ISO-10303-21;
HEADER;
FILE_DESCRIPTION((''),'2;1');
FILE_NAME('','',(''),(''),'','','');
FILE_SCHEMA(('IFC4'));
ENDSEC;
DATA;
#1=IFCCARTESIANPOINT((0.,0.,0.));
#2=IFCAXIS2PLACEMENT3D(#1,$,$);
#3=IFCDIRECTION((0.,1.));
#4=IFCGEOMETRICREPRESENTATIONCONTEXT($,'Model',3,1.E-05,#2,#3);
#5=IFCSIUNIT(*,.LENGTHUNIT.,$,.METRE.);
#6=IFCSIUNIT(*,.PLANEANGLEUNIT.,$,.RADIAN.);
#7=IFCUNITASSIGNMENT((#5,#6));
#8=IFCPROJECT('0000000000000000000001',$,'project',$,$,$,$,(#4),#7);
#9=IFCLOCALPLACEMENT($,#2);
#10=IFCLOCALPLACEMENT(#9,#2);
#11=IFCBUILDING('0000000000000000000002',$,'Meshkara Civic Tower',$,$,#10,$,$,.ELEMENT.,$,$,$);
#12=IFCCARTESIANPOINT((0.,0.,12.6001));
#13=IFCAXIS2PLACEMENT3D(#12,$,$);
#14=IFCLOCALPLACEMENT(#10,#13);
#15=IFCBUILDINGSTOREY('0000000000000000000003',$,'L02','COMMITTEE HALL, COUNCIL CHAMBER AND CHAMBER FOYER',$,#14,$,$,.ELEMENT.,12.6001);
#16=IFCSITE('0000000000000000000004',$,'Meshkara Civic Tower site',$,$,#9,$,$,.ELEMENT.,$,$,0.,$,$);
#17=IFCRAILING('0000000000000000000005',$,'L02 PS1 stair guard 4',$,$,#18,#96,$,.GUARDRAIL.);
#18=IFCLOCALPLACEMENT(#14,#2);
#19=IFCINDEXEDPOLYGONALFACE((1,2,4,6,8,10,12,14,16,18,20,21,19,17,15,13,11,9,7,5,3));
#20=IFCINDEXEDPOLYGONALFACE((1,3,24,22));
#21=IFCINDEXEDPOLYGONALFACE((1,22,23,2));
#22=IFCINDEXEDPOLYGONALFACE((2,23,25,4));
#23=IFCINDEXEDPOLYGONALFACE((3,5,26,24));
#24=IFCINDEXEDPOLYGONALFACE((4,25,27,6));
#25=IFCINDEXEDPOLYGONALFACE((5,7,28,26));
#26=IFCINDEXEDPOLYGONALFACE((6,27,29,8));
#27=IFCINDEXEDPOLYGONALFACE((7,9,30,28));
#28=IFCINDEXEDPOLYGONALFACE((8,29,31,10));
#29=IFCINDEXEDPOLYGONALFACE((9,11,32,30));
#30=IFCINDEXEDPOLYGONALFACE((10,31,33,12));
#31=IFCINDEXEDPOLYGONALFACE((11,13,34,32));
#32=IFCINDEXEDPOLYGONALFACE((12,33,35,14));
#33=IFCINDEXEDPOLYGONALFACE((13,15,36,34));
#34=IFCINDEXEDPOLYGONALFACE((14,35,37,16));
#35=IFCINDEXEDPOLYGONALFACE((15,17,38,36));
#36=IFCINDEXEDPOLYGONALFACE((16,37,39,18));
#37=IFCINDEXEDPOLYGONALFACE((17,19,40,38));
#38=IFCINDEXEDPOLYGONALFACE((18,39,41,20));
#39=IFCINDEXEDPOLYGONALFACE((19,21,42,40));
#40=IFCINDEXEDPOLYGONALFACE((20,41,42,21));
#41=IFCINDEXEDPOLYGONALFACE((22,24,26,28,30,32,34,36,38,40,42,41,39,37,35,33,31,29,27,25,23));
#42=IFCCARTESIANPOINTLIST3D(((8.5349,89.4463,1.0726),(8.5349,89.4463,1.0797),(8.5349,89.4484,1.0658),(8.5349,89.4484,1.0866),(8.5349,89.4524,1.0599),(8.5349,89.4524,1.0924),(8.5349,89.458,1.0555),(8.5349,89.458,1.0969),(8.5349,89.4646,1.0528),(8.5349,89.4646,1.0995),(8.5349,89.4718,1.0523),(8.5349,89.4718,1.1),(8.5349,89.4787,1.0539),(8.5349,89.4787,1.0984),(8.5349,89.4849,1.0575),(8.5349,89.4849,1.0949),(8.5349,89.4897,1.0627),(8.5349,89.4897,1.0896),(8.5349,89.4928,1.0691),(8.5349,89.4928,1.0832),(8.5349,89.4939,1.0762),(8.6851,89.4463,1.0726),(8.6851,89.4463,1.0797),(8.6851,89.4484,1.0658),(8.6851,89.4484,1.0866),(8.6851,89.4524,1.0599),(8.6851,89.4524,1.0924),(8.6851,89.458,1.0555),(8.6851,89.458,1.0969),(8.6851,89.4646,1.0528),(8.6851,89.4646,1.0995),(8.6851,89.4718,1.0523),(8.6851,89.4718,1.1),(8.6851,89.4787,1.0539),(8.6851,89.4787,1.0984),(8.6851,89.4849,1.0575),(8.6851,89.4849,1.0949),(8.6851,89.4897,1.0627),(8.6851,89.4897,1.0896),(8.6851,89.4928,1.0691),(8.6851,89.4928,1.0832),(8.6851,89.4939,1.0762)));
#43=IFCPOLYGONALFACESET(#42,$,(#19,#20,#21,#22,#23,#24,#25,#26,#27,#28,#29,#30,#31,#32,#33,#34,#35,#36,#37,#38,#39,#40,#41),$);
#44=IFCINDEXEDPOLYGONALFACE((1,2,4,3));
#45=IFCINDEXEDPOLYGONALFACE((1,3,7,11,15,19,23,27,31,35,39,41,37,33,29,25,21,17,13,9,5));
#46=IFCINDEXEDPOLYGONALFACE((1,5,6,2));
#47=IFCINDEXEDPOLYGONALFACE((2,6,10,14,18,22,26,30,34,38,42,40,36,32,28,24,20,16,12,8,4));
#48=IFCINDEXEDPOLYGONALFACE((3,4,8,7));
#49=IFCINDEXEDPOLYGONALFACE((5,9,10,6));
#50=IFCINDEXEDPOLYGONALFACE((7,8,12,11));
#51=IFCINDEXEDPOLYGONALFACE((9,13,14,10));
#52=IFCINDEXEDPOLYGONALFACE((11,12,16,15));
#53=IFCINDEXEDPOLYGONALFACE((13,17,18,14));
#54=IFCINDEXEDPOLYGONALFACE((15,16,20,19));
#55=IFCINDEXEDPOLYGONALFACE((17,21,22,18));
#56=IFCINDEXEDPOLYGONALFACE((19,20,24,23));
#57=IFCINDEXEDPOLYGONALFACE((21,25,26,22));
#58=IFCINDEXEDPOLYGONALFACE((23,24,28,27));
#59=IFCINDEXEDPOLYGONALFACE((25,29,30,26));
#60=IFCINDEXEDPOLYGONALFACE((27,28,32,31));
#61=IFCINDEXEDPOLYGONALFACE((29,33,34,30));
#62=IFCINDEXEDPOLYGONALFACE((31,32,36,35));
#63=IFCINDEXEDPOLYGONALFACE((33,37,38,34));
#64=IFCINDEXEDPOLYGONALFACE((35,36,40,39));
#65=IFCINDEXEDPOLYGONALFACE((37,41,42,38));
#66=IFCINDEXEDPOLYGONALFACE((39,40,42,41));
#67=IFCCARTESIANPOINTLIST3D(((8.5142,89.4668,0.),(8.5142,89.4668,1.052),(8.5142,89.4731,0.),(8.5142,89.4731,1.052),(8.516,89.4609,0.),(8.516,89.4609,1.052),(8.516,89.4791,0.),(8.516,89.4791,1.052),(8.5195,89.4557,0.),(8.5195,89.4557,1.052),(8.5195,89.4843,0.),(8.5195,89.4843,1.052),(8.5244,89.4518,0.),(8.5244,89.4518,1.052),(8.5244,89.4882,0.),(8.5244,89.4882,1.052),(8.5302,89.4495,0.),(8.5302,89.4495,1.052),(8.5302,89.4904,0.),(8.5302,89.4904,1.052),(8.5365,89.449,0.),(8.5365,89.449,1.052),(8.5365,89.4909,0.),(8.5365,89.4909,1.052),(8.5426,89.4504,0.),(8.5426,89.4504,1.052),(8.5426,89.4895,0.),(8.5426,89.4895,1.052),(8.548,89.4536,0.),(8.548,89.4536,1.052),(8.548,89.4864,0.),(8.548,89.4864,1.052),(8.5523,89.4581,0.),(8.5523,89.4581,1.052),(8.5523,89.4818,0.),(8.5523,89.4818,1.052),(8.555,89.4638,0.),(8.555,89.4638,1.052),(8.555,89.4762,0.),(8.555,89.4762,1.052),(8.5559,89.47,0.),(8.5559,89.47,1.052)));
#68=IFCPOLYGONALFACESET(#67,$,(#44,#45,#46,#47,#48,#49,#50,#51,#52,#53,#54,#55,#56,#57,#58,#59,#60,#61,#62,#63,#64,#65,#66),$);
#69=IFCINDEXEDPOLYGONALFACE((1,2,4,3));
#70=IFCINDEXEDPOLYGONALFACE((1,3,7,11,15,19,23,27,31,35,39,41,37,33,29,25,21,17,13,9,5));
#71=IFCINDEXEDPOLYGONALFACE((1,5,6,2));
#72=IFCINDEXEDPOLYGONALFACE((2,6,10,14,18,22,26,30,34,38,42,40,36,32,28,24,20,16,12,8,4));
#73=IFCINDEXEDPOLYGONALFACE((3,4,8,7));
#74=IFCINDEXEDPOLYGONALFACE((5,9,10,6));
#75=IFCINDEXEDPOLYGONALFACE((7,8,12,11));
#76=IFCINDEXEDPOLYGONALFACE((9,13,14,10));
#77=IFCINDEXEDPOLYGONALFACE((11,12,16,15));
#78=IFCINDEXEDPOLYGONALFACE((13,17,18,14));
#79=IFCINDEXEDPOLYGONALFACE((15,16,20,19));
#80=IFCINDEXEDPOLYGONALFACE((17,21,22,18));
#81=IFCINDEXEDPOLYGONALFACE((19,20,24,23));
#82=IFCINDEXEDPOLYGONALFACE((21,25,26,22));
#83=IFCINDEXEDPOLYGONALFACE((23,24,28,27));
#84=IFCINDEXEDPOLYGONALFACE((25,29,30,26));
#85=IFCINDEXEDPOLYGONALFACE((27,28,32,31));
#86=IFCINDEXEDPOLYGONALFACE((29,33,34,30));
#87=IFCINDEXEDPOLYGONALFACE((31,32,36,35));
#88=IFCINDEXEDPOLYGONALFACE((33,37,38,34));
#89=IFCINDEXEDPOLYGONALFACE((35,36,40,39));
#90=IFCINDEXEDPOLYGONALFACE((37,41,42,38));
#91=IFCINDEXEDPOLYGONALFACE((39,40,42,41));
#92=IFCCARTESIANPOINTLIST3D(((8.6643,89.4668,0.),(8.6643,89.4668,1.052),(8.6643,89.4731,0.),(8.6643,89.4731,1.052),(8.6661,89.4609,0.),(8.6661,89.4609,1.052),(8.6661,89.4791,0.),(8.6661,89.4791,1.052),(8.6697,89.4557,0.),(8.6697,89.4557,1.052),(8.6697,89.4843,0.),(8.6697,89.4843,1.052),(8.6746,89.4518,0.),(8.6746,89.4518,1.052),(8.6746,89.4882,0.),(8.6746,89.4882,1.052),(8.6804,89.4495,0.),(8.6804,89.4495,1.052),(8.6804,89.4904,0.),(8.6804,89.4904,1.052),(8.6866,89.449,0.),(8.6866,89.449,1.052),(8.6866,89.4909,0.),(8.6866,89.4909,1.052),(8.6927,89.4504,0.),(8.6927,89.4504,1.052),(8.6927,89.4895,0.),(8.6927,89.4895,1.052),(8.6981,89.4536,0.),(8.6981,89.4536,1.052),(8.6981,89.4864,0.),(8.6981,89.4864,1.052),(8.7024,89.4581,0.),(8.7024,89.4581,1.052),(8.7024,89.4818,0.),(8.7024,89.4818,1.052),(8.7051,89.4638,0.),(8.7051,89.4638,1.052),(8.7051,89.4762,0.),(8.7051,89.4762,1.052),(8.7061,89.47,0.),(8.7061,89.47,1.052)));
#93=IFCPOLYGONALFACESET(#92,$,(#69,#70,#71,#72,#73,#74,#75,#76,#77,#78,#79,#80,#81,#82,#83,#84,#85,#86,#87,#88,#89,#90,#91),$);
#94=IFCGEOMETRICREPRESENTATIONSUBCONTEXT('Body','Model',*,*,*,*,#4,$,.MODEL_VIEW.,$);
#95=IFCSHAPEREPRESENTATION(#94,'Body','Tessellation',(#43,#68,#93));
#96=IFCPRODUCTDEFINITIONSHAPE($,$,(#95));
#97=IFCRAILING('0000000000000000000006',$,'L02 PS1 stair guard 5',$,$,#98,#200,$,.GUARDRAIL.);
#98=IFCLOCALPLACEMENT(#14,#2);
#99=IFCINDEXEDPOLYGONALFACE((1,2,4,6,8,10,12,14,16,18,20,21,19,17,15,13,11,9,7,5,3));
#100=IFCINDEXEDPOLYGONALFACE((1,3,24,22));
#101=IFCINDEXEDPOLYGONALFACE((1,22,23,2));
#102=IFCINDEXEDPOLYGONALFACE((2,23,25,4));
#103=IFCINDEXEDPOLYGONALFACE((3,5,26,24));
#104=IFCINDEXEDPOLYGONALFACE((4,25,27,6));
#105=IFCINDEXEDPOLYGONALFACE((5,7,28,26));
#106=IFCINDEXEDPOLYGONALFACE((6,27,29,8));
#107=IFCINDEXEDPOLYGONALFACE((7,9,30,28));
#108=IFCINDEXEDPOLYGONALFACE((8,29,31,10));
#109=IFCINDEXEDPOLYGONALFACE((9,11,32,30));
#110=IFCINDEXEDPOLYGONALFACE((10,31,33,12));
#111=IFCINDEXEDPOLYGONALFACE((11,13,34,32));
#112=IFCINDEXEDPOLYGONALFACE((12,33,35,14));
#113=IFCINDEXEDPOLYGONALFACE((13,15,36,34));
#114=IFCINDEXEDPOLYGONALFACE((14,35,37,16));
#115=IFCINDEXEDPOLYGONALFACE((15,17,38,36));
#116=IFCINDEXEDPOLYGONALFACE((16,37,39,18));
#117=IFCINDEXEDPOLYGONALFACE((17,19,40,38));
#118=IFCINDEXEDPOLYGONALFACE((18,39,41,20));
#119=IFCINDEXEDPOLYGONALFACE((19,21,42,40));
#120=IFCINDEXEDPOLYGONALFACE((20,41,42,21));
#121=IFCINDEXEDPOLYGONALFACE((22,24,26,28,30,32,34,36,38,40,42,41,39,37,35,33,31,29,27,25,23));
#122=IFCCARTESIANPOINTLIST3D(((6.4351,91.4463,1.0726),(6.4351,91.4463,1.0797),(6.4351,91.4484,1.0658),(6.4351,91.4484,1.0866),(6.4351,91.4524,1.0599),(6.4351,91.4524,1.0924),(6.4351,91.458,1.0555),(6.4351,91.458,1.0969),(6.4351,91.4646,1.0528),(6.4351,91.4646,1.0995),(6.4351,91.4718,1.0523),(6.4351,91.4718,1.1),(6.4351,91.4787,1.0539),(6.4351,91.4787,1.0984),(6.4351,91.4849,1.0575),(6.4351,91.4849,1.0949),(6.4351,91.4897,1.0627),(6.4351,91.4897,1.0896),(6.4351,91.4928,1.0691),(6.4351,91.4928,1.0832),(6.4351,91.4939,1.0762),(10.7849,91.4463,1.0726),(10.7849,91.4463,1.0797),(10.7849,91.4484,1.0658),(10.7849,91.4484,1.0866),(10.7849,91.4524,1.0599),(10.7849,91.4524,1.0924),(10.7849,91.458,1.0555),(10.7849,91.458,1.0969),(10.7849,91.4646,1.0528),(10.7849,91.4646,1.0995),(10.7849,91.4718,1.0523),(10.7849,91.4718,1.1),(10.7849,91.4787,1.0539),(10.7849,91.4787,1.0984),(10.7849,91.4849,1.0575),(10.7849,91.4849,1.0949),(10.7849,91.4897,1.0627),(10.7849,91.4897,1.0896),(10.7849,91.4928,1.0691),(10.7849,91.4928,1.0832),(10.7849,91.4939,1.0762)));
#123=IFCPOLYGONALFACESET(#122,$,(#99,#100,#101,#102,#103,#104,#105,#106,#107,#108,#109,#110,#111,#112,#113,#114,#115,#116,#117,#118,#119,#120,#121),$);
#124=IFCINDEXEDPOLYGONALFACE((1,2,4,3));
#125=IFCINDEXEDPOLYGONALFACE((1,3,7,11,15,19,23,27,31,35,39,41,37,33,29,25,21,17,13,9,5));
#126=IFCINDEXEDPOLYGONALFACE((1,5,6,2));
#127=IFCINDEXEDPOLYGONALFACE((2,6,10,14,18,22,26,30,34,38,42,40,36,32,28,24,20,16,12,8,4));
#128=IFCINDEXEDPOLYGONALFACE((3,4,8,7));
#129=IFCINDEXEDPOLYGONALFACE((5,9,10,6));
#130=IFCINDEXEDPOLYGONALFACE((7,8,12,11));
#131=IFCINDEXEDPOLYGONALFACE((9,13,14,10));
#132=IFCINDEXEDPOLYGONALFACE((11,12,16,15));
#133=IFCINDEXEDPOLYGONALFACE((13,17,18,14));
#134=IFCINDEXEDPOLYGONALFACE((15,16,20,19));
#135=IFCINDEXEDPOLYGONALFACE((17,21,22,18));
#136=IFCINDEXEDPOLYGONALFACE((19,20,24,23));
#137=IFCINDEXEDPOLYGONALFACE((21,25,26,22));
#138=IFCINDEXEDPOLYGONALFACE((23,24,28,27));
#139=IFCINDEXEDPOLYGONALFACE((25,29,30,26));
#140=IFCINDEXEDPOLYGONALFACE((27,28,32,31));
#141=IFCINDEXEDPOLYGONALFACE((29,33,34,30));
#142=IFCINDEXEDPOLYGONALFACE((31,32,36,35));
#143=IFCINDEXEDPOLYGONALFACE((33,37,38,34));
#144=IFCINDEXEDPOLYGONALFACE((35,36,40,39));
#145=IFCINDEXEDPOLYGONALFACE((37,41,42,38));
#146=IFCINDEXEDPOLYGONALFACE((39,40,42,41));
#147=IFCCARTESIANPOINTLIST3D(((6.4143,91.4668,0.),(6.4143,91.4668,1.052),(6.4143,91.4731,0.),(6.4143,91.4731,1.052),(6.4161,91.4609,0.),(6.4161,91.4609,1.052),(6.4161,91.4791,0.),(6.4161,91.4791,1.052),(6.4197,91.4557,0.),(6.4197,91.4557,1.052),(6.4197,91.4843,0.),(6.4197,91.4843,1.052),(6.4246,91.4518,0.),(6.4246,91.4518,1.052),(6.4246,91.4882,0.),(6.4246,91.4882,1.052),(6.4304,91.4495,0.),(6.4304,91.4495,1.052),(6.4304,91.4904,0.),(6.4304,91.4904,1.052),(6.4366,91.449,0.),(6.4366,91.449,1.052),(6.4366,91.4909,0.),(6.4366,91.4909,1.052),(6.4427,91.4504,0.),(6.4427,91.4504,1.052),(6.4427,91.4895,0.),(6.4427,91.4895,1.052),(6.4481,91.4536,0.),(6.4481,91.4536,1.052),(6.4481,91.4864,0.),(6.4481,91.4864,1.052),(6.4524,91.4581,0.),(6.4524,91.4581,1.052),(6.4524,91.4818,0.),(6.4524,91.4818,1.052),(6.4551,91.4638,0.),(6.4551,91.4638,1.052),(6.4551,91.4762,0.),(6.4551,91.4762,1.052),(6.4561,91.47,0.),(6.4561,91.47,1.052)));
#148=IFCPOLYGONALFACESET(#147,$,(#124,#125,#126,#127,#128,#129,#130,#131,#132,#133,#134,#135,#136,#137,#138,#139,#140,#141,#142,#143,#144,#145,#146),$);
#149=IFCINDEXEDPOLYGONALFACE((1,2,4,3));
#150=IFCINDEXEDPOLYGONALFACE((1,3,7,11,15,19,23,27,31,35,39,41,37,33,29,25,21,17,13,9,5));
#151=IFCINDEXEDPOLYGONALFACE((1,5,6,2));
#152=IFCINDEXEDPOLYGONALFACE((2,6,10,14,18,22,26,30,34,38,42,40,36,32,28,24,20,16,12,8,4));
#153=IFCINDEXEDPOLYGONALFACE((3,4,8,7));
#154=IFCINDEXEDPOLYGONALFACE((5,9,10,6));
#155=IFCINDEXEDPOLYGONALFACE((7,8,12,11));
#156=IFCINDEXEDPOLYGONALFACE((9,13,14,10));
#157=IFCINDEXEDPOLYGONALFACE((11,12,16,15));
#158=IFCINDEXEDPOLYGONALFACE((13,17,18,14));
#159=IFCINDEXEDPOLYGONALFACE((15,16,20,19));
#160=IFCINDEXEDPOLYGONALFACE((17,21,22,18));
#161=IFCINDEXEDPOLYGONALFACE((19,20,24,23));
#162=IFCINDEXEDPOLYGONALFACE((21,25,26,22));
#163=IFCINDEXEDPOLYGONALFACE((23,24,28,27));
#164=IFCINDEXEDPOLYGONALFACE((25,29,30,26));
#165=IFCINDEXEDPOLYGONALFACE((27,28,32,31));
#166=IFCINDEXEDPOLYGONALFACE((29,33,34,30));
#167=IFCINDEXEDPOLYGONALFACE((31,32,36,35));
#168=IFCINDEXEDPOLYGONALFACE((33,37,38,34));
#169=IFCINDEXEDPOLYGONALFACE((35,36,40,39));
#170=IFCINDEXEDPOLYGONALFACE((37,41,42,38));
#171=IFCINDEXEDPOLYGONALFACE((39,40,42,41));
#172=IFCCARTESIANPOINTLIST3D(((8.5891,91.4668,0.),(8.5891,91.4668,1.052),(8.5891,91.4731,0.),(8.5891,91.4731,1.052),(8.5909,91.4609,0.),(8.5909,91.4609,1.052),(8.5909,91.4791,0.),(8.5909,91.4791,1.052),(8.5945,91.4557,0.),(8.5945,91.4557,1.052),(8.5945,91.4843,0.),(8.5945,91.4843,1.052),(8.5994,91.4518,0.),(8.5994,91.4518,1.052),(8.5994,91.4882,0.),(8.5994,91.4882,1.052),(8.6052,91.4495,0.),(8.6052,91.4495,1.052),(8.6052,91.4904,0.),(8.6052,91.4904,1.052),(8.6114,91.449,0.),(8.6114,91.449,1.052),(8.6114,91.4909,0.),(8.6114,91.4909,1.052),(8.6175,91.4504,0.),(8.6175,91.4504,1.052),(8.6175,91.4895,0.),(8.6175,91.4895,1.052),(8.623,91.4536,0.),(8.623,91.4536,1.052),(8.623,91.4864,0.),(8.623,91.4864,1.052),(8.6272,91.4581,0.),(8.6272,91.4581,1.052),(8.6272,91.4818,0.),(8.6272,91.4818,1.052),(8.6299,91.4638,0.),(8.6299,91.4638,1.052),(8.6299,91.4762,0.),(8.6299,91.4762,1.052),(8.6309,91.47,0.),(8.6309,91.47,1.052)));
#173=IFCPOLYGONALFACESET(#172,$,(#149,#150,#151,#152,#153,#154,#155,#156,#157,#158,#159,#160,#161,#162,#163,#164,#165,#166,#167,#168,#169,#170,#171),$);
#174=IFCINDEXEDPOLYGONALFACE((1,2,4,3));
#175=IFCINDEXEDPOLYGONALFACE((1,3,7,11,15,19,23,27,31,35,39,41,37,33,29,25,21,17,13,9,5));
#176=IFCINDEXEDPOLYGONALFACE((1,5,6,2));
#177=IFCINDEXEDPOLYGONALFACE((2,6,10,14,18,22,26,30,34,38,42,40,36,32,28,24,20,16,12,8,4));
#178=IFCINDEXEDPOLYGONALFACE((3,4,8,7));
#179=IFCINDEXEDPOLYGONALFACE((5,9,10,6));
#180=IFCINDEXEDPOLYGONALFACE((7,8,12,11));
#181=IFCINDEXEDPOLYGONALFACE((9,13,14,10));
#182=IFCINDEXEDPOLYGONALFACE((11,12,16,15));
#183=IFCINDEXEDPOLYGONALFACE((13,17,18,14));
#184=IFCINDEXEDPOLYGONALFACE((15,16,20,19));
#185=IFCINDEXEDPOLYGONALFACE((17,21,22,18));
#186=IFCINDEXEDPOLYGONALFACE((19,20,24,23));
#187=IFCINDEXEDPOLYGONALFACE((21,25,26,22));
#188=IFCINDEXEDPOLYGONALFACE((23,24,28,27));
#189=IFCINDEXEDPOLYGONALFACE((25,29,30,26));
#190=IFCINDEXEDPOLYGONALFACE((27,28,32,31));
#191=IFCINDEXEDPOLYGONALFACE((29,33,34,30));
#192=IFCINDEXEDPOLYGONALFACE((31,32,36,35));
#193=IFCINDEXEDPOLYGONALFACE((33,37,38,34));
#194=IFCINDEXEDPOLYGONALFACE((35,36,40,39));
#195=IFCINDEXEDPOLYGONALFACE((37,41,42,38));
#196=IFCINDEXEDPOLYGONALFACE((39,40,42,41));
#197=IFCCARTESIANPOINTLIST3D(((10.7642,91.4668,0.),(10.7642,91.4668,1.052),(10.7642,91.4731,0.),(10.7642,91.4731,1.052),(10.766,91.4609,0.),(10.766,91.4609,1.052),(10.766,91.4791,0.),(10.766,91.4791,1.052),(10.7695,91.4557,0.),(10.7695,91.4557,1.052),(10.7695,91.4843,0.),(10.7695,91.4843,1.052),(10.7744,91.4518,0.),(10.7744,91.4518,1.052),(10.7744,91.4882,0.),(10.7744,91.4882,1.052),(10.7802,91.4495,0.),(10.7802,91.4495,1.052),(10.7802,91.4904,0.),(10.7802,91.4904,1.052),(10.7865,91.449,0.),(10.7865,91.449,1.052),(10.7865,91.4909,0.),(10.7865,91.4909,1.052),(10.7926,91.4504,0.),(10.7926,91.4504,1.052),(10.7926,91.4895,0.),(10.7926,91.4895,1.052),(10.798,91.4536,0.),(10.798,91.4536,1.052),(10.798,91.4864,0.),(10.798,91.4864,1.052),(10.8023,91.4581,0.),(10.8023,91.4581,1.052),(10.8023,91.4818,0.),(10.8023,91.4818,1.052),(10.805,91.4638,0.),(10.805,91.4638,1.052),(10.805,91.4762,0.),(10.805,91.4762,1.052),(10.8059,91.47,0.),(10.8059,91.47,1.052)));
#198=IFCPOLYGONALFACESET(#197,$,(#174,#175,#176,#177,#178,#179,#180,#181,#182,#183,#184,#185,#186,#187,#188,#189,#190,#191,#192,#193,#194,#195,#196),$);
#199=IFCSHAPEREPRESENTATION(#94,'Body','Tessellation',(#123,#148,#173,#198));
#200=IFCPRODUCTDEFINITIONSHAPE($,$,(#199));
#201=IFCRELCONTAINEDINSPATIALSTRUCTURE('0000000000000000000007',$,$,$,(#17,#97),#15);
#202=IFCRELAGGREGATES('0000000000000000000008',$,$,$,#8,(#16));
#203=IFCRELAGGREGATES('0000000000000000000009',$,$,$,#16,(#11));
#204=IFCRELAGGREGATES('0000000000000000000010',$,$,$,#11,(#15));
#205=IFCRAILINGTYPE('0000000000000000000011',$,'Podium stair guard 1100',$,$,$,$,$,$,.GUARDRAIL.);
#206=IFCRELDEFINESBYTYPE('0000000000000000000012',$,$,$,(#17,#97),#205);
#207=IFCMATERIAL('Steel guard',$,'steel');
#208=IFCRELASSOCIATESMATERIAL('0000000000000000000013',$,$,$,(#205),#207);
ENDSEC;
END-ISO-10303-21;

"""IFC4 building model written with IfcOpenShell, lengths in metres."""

from ifc_helpers import new_model, si_unit, direction, frame, origin, origin_2d, place, context, subcontext, project, spatial, circle, extrude, material, type_object, element, save


model = new_model("IFC4")

# Units and contexts
model_context = context("Model", 3, precision=1e-05, world=origin(), true_north=direction((0.0, 1.0)))
body_context = subcontext(model_context, "Body", "Model", "MODEL_VIEW")
ifc_project = project(units=[si_unit("LENGTHUNIT", "METRE"), si_unit("PLANEANGLEUNIT", "RADIAN")], contexts=[model_context])

# Site, building, storey
site_placement = place(None, origin())
site = spatial("IfcSite", under=ifc_project, at=site_placement, Name="Meshkara Civic Tower site", CompositionType="ELEMENT", RefElevation=0.0)
building_placement = place(site_placement, origin())
building = spatial("IfcBuilding", under=site, at=building_placement, Name="Meshkara Civic Tower", CompositionType="ELEMENT")
storey_placement = place(building_placement, frame((0.0, 0.0, 12.6001)))
storey = spatial("IfcBuildingStorey", under=building, at=storey_placement, Name="L02", Description="COMMITTEE HALL, COUNCIL CHAMBER AND CHAMBER FOYER", CompositionType="ELEMENT", Elevation=12.6001)

# Railings
ifc_material_1 = material(Name="Steel guard", Category="steel")
railing_type_1 = type_object("IfcRailingType", Name="Podium stair guard 1100", PredefinedType="GUARDRAIL", material=ifc_material_1)
railing_1_placement = place(storey_placement, frame((8.5349, 89.47, 0.0)))
element("IfcRailing", 1, at=railing_1_placement, inside=storey, type_object=railing_type_1, Name="L02 PS1 stair guard 4", PredefinedType="GUARDRAIL", context=body_context, shape_type="SweptSolid", body=[
    extrude(circle(Radius=0.0239, at=origin_2d()), frame((0.0, 0.0, 1.0762), z_axis=(1.0, 0.0, 0.0), x_axis=(0.0, 1.0, 0.0)), (0.0, 0.0, 1.0), 0.1501),
    extrude(circle(Radius=0.021, at=origin_2d()), origin(), (0.0, 0.0, 1.0), 1.052),
    extrude(circle(Radius=0.021, at=origin_2d()), frame((0.1501, 0.0, 0.0)), (0.0, 0.0, 1.0), 1.052),
])
railing_2_placement = place(storey_placement, frame((6.4351, 91.47, 0.0)))
element("IfcRailing", 2, at=railing_2_placement, inside=storey, type_object=railing_type_1, Name="L02 PS1 stair guard 5", PredefinedType="GUARDRAIL", context=body_context, shape_type="SweptSolid", body=[
    extrude(circle(Radius=0.0239, at=origin_2d()), frame((0.0, 0.0, 1.0762), z_axis=(1.0, 0.0, 0.0), x_axis=(0.0, 1.0, 0.0)), (0.0, 0.0, 1.0), 4.3499),
    extrude(circle(Radius=0.021, at=origin_2d()), origin(), (0.0, 0.0, 1.0), 1.052),
    extrude(circle(Radius=0.021, at=origin_2d()), frame((2.1748, 0.0, 0.0)), (0.0, 0.0, 1.0), 1.052),
    extrude(circle(Radius=0.021, at=origin_2d()), frame((4.3499, 0.0, 0.0)), (0.0, 0.0, 1.0), 1.052),
])

save(model, "model.ifc")
